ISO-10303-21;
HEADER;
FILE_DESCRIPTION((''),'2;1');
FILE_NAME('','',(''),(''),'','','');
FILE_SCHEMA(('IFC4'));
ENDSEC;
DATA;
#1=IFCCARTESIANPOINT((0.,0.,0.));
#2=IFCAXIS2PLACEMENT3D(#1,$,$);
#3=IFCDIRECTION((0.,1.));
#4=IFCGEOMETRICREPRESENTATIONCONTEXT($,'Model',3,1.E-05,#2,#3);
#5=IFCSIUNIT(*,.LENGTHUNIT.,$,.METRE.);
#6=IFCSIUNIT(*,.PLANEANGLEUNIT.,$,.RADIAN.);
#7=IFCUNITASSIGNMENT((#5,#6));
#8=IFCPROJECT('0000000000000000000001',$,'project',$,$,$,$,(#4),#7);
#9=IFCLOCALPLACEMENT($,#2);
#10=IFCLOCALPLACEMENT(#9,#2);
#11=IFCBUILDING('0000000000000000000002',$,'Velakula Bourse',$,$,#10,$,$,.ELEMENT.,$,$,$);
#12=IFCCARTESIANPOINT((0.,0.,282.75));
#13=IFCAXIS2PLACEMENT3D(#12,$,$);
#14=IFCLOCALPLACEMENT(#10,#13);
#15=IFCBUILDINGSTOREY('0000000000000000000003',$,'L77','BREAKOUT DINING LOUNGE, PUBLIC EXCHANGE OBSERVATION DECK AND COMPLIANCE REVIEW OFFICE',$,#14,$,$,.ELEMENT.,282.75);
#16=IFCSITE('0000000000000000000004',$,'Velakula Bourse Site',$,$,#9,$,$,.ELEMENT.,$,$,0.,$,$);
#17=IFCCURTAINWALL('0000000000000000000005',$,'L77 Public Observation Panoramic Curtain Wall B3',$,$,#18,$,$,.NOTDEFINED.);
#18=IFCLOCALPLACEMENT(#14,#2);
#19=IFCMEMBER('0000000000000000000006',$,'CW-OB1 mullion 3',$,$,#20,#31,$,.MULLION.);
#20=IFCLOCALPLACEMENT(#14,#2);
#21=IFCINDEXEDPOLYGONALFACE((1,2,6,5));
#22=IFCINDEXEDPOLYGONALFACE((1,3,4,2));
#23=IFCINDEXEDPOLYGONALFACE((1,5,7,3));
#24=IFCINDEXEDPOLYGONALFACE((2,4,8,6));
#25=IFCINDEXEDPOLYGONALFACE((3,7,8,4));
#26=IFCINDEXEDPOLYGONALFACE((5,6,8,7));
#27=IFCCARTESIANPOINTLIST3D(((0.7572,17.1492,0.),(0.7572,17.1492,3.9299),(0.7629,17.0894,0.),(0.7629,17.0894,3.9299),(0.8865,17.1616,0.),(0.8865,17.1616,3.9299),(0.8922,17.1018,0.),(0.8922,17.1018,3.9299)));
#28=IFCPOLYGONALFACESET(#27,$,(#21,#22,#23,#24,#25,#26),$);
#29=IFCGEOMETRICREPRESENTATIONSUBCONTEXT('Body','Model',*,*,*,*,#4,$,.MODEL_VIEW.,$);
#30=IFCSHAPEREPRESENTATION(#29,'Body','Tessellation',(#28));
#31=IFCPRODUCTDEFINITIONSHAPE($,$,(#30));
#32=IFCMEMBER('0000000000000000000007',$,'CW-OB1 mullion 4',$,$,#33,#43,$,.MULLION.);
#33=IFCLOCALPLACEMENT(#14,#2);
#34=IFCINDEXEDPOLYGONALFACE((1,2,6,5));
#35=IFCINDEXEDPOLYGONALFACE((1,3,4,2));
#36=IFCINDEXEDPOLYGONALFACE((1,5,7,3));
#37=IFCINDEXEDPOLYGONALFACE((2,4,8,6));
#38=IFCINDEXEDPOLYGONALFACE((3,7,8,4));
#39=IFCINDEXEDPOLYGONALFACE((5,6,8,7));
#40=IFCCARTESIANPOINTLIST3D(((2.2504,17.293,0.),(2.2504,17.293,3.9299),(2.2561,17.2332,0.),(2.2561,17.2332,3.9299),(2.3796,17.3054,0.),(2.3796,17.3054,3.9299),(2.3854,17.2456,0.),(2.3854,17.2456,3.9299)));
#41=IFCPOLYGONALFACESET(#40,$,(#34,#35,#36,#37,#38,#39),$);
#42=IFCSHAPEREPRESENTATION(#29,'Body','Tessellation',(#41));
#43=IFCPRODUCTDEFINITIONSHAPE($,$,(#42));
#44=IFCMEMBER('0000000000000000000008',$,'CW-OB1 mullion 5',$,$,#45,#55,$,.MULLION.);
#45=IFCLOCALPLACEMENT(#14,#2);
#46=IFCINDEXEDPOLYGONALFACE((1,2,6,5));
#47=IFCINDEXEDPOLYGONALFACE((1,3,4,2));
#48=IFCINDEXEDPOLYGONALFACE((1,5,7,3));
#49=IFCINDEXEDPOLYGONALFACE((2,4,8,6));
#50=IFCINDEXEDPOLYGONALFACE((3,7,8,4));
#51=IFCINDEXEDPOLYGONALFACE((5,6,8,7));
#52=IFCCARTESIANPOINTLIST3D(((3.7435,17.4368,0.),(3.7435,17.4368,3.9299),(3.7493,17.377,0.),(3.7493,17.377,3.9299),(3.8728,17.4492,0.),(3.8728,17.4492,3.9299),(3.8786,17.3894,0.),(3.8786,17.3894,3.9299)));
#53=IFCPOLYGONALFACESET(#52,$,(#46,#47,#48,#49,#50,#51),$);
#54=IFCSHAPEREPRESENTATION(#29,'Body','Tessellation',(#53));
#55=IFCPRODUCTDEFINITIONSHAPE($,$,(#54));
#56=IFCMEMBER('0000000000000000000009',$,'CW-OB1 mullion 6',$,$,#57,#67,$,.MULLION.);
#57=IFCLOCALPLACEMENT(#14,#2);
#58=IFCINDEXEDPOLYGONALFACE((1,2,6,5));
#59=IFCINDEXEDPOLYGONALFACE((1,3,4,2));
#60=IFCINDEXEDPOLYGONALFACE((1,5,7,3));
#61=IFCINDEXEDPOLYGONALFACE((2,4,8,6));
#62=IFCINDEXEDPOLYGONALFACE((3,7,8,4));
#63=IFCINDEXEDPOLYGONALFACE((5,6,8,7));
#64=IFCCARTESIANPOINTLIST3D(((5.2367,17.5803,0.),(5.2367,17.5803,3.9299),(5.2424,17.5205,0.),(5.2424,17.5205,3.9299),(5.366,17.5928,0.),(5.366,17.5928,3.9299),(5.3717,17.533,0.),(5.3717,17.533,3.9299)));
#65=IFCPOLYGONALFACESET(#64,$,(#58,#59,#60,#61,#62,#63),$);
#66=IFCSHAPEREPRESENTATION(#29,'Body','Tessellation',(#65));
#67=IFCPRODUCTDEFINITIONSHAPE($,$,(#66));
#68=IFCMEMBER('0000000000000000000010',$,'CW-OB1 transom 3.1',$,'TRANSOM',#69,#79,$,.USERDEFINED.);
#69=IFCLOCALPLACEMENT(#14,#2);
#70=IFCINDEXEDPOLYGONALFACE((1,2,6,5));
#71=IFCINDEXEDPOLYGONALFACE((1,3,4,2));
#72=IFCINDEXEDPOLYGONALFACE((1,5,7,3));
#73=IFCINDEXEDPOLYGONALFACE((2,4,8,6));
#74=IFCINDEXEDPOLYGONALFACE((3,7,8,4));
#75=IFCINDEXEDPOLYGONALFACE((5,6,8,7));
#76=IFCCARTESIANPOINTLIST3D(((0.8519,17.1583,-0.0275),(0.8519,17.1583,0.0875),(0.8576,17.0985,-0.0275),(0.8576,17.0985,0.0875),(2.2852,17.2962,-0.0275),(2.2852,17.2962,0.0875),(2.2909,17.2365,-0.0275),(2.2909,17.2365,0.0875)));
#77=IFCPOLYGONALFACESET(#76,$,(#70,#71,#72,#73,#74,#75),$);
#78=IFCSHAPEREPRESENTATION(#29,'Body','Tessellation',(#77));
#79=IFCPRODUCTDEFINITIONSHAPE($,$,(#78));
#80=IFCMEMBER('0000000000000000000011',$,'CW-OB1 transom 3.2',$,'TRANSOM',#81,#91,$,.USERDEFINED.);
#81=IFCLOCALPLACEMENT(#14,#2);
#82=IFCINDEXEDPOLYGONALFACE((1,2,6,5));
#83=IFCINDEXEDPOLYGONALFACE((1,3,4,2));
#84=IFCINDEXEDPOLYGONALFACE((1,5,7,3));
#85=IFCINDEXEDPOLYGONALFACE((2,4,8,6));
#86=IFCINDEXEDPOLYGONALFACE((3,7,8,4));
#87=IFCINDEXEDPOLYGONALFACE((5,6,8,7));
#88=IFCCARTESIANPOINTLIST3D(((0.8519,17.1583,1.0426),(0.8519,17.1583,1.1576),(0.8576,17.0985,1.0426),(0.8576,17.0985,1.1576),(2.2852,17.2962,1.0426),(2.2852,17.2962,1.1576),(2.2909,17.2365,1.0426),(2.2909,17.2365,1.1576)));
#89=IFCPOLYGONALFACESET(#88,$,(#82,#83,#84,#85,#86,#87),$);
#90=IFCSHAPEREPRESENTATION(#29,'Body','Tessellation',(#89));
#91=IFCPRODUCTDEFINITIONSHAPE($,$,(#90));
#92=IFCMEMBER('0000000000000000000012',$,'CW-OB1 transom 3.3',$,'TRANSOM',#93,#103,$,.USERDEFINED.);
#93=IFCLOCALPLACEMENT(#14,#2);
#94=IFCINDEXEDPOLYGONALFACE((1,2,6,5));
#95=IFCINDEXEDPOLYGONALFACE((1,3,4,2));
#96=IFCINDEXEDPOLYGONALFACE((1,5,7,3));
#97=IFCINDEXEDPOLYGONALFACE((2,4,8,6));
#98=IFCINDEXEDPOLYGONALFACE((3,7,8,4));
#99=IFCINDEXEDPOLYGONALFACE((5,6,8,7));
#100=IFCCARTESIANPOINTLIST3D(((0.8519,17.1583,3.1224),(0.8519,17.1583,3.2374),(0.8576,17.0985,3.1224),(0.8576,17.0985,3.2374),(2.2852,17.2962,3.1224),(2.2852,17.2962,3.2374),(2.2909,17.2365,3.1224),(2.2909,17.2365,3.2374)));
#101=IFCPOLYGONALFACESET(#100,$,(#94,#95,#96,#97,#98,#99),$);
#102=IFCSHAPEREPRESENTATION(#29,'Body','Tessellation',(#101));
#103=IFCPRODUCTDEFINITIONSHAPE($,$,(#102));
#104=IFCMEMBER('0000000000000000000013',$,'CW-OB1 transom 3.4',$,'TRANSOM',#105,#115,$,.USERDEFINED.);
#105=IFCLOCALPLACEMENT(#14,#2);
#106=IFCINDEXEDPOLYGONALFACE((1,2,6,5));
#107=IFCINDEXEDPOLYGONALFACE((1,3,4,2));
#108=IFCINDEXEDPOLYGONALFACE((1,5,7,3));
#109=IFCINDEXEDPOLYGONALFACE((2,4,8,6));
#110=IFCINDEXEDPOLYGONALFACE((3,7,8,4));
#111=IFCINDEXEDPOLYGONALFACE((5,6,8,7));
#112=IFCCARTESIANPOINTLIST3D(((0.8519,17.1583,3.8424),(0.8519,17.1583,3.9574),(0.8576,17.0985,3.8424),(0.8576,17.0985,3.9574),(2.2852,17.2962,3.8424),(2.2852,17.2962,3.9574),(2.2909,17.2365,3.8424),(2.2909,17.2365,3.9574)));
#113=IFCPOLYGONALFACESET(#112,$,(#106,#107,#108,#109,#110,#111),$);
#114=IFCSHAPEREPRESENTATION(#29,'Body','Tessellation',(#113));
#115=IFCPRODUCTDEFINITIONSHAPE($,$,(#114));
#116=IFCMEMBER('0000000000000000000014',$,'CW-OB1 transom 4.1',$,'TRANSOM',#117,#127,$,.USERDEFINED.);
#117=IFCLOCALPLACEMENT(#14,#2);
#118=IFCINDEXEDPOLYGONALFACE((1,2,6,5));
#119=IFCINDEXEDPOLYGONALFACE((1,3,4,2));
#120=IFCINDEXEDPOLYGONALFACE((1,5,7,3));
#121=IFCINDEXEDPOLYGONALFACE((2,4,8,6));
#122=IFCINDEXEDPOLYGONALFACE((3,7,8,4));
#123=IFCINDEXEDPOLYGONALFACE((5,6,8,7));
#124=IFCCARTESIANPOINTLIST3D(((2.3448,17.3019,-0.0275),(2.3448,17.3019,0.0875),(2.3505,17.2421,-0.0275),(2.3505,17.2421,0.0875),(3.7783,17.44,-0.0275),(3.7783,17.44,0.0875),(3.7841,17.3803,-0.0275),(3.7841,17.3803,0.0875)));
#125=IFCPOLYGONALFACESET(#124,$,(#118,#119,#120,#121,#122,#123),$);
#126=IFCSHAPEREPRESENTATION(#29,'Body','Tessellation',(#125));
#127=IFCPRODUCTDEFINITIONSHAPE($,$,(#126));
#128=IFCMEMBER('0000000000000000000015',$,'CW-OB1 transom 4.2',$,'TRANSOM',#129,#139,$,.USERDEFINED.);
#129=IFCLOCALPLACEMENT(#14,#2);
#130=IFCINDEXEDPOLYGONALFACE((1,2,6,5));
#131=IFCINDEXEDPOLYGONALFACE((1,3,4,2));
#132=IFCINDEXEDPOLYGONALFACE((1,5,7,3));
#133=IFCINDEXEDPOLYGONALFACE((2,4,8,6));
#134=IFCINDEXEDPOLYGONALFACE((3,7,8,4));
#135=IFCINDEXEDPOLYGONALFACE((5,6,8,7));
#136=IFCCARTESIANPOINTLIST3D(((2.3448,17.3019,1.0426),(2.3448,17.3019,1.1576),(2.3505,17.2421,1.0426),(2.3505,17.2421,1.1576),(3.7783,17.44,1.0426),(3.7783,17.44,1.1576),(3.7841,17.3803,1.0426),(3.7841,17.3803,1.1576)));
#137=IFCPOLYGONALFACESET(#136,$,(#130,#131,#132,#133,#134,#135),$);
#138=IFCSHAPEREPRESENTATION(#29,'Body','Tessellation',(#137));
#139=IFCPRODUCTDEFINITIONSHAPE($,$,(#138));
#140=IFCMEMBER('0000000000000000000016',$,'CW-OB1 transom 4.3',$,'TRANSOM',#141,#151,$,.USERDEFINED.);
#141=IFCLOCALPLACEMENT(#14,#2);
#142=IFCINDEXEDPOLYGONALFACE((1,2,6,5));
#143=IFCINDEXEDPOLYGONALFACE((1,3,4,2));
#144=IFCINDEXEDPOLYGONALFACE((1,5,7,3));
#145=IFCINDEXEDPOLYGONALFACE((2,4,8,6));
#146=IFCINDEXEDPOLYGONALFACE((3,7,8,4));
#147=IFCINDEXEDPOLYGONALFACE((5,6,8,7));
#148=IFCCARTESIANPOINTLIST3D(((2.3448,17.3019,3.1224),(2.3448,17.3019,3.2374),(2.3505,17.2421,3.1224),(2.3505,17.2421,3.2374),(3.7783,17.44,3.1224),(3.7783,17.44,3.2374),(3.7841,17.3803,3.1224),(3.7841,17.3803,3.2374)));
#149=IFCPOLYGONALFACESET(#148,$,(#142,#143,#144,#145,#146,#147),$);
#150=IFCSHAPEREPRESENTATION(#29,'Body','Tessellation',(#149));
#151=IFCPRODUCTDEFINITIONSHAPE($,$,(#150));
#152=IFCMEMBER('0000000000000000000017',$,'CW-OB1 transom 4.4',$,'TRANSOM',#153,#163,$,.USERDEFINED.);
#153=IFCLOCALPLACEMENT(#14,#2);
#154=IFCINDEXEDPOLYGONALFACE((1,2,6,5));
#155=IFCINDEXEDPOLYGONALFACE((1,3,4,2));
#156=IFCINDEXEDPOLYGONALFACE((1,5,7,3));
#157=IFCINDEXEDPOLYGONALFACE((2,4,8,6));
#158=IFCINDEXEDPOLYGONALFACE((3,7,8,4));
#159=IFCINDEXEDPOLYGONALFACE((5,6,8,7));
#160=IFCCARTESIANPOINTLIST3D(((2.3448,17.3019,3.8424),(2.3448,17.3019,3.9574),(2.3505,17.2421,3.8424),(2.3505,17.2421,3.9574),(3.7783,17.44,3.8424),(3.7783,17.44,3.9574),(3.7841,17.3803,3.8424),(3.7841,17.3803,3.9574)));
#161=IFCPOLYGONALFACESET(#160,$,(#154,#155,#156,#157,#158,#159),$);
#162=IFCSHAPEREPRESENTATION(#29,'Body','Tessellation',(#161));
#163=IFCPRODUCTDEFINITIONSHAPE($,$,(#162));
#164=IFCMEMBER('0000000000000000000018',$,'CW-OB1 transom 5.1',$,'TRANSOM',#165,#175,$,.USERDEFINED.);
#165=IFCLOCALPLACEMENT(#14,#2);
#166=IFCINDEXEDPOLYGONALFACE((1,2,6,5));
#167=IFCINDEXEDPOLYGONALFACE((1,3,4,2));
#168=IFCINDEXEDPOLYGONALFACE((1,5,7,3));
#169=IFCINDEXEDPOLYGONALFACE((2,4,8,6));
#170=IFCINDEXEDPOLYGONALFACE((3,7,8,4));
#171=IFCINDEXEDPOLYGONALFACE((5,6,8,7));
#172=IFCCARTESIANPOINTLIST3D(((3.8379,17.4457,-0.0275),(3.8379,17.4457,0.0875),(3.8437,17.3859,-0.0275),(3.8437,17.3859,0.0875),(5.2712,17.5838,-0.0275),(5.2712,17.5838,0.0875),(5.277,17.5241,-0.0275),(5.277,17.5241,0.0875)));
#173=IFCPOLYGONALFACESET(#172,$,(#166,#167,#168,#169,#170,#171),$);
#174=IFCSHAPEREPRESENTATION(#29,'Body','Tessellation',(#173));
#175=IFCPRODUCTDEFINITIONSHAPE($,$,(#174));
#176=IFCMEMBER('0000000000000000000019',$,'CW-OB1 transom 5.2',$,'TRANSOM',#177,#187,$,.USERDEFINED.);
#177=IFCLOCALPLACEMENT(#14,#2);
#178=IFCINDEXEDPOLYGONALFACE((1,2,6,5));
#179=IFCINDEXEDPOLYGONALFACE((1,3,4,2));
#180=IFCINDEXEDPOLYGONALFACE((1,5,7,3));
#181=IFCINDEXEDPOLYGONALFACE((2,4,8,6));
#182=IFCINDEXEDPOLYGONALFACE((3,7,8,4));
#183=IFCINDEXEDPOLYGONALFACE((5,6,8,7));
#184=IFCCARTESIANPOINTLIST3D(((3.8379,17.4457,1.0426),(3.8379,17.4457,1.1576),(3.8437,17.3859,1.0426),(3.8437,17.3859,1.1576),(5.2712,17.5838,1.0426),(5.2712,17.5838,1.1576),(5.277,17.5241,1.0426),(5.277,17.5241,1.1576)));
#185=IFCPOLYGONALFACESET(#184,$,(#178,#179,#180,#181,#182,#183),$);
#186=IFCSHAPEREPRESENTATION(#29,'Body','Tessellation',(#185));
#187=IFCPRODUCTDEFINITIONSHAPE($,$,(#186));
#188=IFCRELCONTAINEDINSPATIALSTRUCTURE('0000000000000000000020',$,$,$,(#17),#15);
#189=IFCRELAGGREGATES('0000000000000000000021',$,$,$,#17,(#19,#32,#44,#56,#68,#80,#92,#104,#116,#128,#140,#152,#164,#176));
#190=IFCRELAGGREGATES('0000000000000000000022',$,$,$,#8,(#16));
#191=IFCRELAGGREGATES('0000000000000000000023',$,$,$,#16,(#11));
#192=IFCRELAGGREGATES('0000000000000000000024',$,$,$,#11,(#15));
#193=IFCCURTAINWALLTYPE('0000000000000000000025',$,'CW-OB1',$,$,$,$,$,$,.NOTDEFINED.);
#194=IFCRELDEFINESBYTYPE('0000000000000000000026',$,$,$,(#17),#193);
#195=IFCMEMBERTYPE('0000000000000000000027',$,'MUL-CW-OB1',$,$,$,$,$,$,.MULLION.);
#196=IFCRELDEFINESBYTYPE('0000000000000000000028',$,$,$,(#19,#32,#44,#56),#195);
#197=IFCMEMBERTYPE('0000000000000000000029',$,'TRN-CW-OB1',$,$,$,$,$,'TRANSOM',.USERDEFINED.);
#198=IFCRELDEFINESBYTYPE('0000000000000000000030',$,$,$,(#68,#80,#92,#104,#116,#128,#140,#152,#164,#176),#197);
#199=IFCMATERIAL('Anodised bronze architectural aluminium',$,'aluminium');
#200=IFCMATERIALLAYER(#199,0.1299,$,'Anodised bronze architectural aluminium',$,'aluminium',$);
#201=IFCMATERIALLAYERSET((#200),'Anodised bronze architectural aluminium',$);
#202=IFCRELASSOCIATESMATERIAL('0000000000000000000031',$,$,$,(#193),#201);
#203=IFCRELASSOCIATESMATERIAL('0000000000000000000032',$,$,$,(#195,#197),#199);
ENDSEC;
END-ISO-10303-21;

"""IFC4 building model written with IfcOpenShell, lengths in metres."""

from ifc_helpers import new_model, si_unit, direction, frame, origin, origin_2d, place, context, subcontext, project, spatial, rectangle, extrude, material, layer, layer_set, material_profile, profile_set, type_object, element, aggregate, save


model = new_model("IFC4")

# Units and contexts
model_context = context("Model", 3, precision=1e-05, world=origin(), true_north=direction((0.0, 1.0)))
body_context = subcontext(model_context, "Body", "Model", "MODEL_VIEW")
ifc_project = project(units=[si_unit("LENGTHUNIT", "METRE"), si_unit("PLANEANGLEUNIT", "RADIAN")], contexts=[model_context])

# Site, building, storey
site_placement = place(None, origin())
site = spatial("IfcSite", under=ifc_project, at=site_placement, Name="Velakula Bourse Site", CompositionType="ELEMENT", RefElevation=0.0)
building_placement = place(site_placement, origin())
building = spatial("IfcBuilding", under=site, at=building_placement, Name="Velakula Bourse", CompositionType="ELEMENT")
storey_placement = place(building_placement, frame((0.0, 0.0, 282.75)))
storey = spatial("IfcBuildingStorey", under=building, at=storey_placement, Name="L77", Description="BREAKOUT DINING LOUNGE, PUBLIC EXCHANGE OBSERVATION DECK AND COMPLIANCE REVIEW OFFICE", CompositionType="ELEMENT", Elevation=282.75)

# Curtain wall, members
ifc_material_1 = material(Name="Anodised bronze architectural aluminium", Category="aluminium")
ifc_layer_1 = layer(ifc_material_1, 0.1299, Name="Anodised bronze architectural aluminium", Category="aluminium")
ifc_layer_set_1 = layer_set([ifc_layer_1], Name="Anodised bronze architectural aluminium")
curtain_wall_type = type_object("IfcCurtainWallType", Name="CW-OB1", PredefinedType="NOTDEFINED", material=ifc_layer_set_1)
curtain_wall_placement = place(storey_placement, origin())
curtain_wall = element("IfcCurtainWall", 1, at=curtain_wall_placement, inside=storey, type_object=curtain_wall_type, Name="L77 Public Observation Panoramic Curtain Wall B3", PredefinedType="NOTDEFINED")
ifc_material_profile_1 = material_profile(ifc_material_1, rectangle(XDim=0.0601, YDim=0.1299, at=origin_2d()), Name="Anodised bronze architectural aluminium")
ifc_profile_set_1 = profile_set([ifc_material_profile_1], Name="Anodised bronze architectural aluminium")
member_type_1 = type_object("IfcMemberType", Name="MUL-CW-OB1", PredefinedType="MULLION", material=ifc_profile_set_1)
member_1_placement = place(storey_placement, frame((0.8247, 17.1255, 0.0), z_axis=(0.0, 0.0, 1.0), x_axis=(-0.095844, 0.995396, 0.0)))
member_1 = element("IfcMember", 2, at=member_1_placement, type_object=member_type_1, Name="CW-OB1 mullion 3", PredefinedType="MULLION", context=body_context, shape_type="SweptSolid", body=[
    extrude(rectangle(XDim=0.0601, YDim=0.1299, at=origin_2d()), origin(), (0.0, 0.0, 1.0), 3.9299),
])
member_2_placement = place(storey_placement, frame((2.3179, 17.2693, 0.0), z_axis=(0.0, 0.0, 1.0), x_axis=(-0.095844, 0.995396, 0.0)))
member_2 = element("IfcMember", 3, at=member_2_placement, type_object=member_type_1, Name="CW-OB1 mullion 4", PredefinedType="MULLION", context=body_context, shape_type="SweptSolid", body=[
    extrude(rectangle(XDim=0.0601, YDim=0.1299, at=origin_2d()), origin(), (0.0, 0.0, 1.0), 3.9299),
])
member_3_placement = place(storey_placement, frame((3.811, 17.4131, 0.0), z_axis=(0.0, 0.0, 1.0), x_axis=(-0.095844, 0.995396, 0.0)))
member_3 = element("IfcMember", 4, at=member_3_placement, type_object=member_type_1, Name="CW-OB1 mullion 5", PredefinedType="MULLION", context=body_context, shape_type="SweptSolid", body=[
    extrude(rectangle(XDim=0.0601, YDim=0.1299, at=origin_2d()), origin(), (0.0, 0.0, 1.0), 3.9299),
])
member_4_placement = place(storey_placement, frame((5.3042, 17.5566, 0.0), z_axis=(0.0, 0.0, 1.0), x_axis=(-0.095844, 0.995396, 0.0)))
member_4 = element("IfcMember", 5, at=member_4_placement, type_object=member_type_1, Name="CW-OB1 mullion 6", PredefinedType="MULLION", context=body_context, shape_type="SweptSolid", body=[
    extrude(rectangle(XDim=0.0601, YDim=0.1299, at=origin_2d()), origin(), (0.0, 0.0, 1.0), 3.9299),
])
ifc_material_profile_2 = material_profile(ifc_material_1, rectangle(XDim=0.0601, YDim=0.115, at=origin_2d()), Name="Anodised bronze architectural aluminium")
ifc_profile_set_2 = profile_set([ifc_material_profile_2], Name="Anodised bronze architectural aluminium")
member_type_2 = type_object("IfcMemberType", Name="TRN-CW-OB1", ElementType="TRANSOM", PredefinedType="USERDEFINED", material=ifc_profile_set_2)
member_5_placement = place(storey_placement, frame((0.8547, 17.1284, 0.03), z_axis=(0.995401, 0.095793, 0.0), x_axis=(-0.095793, 0.995401, 0.0)))
member_5 = element("IfcMember", 6, at=member_5_placement, type_object=member_type_2, Name="CW-OB1 transom 3.1", ObjectType="TRANSOM", PredefinedType="USERDEFINED", context=body_context, shape_type="SweptSolid", body=[
    extrude(rectangle(XDim=0.0601, YDim=0.115, at=origin_2d()), origin(), (0.0, 0.0, 1.0), 1.4399),
])
member_6_placement = place(storey_placement, frame((0.8547, 17.1284, 1.1001), z_axis=(0.995401, 0.095793, 0.0), x_axis=(-0.095793, 0.995401, 0.0)))
member_6 = element("IfcMember", 7, at=member_6_placement, type_object=member_type_2, Name="CW-OB1 transom 3.2", ObjectType="TRANSOM", PredefinedType="USERDEFINED", context=body_context, shape_type="SweptSolid", body=[
    extrude(rectangle(XDim=0.0601, YDim=0.115, at=origin_2d()), origin(), (0.0, 0.0, 1.0), 1.4399),
])
member_7_placement = place(storey_placement, frame((0.8547, 17.1284, 3.1799), z_axis=(0.995401, 0.095793, 0.0), x_axis=(-0.095793, 0.995401, 0.0)))
member_7 = element("IfcMember", 8, at=member_7_placement, type_object=member_type_2, Name="CW-OB1 transom 3.3", ObjectType="TRANSOM", PredefinedType="USERDEFINED", context=body_context, shape_type="SweptSolid", body=[
    extrude(rectangle(XDim=0.0601, YDim=0.115, at=origin_2d()), origin(), (0.0, 0.0, 1.0), 1.4399),
])
member_8_placement = place(storey_placement, frame((0.8547, 17.1284, 3.8999), z_axis=(0.995401, 0.095793, 0.0), x_axis=(-0.095793, 0.995401, 0.0)))
member_8 = element("IfcMember", 9, at=member_8_placement, type_object=member_type_2, Name="CW-OB1 transom 3.4", ObjectType="TRANSOM", PredefinedType="USERDEFINED", context=body_context, shape_type="SweptSolid", body=[
    extrude(rectangle(XDim=0.0601, YDim=0.115, at=origin_2d()), origin(), (0.0, 0.0, 1.0), 1.4399),
])
member_9_placement = place(storey_placement, frame((2.3477, 17.272, 0.03), z_axis=(0.995387, 0.095945, 0.0), x_axis=(-0.095945, 0.995387, 0.0)))
member_9 = element("IfcMember", 10, at=member_9_placement, type_object=member_type_2, Name="CW-OB1 transom 4.1", ObjectType="TRANSOM", PredefinedType="USERDEFINED", context=body_context, shape_type="SweptSolid", body=[
    extrude(rectangle(XDim=0.0601, YDim=0.115, at=origin_2d()), origin(), (0.0, 0.0, 1.0), 1.4402),
])
member_10_placement = place(storey_placement, frame((2.3477, 17.272, 1.1001), z_axis=(0.995387, 0.095945, 0.0), x_axis=(-0.095945, 0.995387, 0.0)))
member_10 = element("IfcMember", 11, at=member_10_placement, type_object=member_type_2, Name="CW-OB1 transom 4.2", ObjectType="TRANSOM", PredefinedType="USERDEFINED", context=body_context, shape_type="SweptSolid", body=[
    extrude(rectangle(XDim=0.0601, YDim=0.115, at=origin_2d()), origin(), (0.0, 0.0, 1.0), 1.4402),
])
member_11_placement = place(storey_placement, frame((2.3477, 17.272, 3.1799), z_axis=(0.995387, 0.095945, 0.0), x_axis=(-0.095945, 0.995387, 0.0)))
member_11 = element("IfcMember", 12, at=member_11_placement, type_object=member_type_2, Name="CW-OB1 transom 4.3", ObjectType="TRANSOM", PredefinedType="USERDEFINED", context=body_context, shape_type="SweptSolid", body=[
    extrude(rectangle(XDim=0.0601, YDim=0.115, at=origin_2d()), origin(), (0.0, 0.0, 1.0), 1.4402),
])
member_12_placement = place(storey_placement, frame((2.3477, 17.272, 3.8999), z_axis=(0.995387, 0.095945, 0.0), x_axis=(-0.095945, 0.995387, 0.0)))
member_12 = element("IfcMember", 13, at=member_12_placement, type_object=member_type_2, Name="CW-OB1 transom 4.4", ObjectType="TRANSOM", PredefinedType="USERDEFINED", context=body_context, shape_type="SweptSolid", body=[
    extrude(rectangle(XDim=0.0601, YDim=0.115, at=origin_2d()), origin(), (0.0, 0.0, 1.0), 1.4402),
])
member_13_placement = place(storey_placement, frame((3.8408, 17.4158, 0.03), z_axis=(0.995385, 0.095961, 0.0), x_axis=(-0.095961, 0.995385, 0.0)))
member_13 = element("IfcMember", 14, at=member_13_placement, type_object=member_type_2, Name="CW-OB1 transom 5.1", ObjectType="TRANSOM", PredefinedType="USERDEFINED", context=body_context, shape_type="SweptSolid", body=[
    extrude(rectangle(XDim=0.0601, YDim=0.115, at=origin_2d()), origin(), (0.0, 0.0, 1.0), 1.4399),
])
member_14_placement = place(storey_placement, frame((3.8408, 17.4158, 1.1001), z_axis=(0.995385, 0.095961, 0.0), x_axis=(-0.095961, 0.995385, 0.0)))
member_14 = element("IfcMember", 15, at=member_14_placement, type_object=member_type_2, Name="CW-OB1 transom 5.2", ObjectType="TRANSOM", PredefinedType="USERDEFINED", context=body_context, shape_type="SweptSolid", body=[
    extrude(rectangle(XDim=0.0601, YDim=0.115, at=origin_2d()), origin(), (0.0, 0.0, 1.0), 1.4399),
])
aggregate(curtain_wall, [member_1, member_2, member_3, member_4, member_5, member_6, member_7, member_8, member_9, member_10, member_11, member_12, member_13, member_14])

save(model, "model.ifc")
